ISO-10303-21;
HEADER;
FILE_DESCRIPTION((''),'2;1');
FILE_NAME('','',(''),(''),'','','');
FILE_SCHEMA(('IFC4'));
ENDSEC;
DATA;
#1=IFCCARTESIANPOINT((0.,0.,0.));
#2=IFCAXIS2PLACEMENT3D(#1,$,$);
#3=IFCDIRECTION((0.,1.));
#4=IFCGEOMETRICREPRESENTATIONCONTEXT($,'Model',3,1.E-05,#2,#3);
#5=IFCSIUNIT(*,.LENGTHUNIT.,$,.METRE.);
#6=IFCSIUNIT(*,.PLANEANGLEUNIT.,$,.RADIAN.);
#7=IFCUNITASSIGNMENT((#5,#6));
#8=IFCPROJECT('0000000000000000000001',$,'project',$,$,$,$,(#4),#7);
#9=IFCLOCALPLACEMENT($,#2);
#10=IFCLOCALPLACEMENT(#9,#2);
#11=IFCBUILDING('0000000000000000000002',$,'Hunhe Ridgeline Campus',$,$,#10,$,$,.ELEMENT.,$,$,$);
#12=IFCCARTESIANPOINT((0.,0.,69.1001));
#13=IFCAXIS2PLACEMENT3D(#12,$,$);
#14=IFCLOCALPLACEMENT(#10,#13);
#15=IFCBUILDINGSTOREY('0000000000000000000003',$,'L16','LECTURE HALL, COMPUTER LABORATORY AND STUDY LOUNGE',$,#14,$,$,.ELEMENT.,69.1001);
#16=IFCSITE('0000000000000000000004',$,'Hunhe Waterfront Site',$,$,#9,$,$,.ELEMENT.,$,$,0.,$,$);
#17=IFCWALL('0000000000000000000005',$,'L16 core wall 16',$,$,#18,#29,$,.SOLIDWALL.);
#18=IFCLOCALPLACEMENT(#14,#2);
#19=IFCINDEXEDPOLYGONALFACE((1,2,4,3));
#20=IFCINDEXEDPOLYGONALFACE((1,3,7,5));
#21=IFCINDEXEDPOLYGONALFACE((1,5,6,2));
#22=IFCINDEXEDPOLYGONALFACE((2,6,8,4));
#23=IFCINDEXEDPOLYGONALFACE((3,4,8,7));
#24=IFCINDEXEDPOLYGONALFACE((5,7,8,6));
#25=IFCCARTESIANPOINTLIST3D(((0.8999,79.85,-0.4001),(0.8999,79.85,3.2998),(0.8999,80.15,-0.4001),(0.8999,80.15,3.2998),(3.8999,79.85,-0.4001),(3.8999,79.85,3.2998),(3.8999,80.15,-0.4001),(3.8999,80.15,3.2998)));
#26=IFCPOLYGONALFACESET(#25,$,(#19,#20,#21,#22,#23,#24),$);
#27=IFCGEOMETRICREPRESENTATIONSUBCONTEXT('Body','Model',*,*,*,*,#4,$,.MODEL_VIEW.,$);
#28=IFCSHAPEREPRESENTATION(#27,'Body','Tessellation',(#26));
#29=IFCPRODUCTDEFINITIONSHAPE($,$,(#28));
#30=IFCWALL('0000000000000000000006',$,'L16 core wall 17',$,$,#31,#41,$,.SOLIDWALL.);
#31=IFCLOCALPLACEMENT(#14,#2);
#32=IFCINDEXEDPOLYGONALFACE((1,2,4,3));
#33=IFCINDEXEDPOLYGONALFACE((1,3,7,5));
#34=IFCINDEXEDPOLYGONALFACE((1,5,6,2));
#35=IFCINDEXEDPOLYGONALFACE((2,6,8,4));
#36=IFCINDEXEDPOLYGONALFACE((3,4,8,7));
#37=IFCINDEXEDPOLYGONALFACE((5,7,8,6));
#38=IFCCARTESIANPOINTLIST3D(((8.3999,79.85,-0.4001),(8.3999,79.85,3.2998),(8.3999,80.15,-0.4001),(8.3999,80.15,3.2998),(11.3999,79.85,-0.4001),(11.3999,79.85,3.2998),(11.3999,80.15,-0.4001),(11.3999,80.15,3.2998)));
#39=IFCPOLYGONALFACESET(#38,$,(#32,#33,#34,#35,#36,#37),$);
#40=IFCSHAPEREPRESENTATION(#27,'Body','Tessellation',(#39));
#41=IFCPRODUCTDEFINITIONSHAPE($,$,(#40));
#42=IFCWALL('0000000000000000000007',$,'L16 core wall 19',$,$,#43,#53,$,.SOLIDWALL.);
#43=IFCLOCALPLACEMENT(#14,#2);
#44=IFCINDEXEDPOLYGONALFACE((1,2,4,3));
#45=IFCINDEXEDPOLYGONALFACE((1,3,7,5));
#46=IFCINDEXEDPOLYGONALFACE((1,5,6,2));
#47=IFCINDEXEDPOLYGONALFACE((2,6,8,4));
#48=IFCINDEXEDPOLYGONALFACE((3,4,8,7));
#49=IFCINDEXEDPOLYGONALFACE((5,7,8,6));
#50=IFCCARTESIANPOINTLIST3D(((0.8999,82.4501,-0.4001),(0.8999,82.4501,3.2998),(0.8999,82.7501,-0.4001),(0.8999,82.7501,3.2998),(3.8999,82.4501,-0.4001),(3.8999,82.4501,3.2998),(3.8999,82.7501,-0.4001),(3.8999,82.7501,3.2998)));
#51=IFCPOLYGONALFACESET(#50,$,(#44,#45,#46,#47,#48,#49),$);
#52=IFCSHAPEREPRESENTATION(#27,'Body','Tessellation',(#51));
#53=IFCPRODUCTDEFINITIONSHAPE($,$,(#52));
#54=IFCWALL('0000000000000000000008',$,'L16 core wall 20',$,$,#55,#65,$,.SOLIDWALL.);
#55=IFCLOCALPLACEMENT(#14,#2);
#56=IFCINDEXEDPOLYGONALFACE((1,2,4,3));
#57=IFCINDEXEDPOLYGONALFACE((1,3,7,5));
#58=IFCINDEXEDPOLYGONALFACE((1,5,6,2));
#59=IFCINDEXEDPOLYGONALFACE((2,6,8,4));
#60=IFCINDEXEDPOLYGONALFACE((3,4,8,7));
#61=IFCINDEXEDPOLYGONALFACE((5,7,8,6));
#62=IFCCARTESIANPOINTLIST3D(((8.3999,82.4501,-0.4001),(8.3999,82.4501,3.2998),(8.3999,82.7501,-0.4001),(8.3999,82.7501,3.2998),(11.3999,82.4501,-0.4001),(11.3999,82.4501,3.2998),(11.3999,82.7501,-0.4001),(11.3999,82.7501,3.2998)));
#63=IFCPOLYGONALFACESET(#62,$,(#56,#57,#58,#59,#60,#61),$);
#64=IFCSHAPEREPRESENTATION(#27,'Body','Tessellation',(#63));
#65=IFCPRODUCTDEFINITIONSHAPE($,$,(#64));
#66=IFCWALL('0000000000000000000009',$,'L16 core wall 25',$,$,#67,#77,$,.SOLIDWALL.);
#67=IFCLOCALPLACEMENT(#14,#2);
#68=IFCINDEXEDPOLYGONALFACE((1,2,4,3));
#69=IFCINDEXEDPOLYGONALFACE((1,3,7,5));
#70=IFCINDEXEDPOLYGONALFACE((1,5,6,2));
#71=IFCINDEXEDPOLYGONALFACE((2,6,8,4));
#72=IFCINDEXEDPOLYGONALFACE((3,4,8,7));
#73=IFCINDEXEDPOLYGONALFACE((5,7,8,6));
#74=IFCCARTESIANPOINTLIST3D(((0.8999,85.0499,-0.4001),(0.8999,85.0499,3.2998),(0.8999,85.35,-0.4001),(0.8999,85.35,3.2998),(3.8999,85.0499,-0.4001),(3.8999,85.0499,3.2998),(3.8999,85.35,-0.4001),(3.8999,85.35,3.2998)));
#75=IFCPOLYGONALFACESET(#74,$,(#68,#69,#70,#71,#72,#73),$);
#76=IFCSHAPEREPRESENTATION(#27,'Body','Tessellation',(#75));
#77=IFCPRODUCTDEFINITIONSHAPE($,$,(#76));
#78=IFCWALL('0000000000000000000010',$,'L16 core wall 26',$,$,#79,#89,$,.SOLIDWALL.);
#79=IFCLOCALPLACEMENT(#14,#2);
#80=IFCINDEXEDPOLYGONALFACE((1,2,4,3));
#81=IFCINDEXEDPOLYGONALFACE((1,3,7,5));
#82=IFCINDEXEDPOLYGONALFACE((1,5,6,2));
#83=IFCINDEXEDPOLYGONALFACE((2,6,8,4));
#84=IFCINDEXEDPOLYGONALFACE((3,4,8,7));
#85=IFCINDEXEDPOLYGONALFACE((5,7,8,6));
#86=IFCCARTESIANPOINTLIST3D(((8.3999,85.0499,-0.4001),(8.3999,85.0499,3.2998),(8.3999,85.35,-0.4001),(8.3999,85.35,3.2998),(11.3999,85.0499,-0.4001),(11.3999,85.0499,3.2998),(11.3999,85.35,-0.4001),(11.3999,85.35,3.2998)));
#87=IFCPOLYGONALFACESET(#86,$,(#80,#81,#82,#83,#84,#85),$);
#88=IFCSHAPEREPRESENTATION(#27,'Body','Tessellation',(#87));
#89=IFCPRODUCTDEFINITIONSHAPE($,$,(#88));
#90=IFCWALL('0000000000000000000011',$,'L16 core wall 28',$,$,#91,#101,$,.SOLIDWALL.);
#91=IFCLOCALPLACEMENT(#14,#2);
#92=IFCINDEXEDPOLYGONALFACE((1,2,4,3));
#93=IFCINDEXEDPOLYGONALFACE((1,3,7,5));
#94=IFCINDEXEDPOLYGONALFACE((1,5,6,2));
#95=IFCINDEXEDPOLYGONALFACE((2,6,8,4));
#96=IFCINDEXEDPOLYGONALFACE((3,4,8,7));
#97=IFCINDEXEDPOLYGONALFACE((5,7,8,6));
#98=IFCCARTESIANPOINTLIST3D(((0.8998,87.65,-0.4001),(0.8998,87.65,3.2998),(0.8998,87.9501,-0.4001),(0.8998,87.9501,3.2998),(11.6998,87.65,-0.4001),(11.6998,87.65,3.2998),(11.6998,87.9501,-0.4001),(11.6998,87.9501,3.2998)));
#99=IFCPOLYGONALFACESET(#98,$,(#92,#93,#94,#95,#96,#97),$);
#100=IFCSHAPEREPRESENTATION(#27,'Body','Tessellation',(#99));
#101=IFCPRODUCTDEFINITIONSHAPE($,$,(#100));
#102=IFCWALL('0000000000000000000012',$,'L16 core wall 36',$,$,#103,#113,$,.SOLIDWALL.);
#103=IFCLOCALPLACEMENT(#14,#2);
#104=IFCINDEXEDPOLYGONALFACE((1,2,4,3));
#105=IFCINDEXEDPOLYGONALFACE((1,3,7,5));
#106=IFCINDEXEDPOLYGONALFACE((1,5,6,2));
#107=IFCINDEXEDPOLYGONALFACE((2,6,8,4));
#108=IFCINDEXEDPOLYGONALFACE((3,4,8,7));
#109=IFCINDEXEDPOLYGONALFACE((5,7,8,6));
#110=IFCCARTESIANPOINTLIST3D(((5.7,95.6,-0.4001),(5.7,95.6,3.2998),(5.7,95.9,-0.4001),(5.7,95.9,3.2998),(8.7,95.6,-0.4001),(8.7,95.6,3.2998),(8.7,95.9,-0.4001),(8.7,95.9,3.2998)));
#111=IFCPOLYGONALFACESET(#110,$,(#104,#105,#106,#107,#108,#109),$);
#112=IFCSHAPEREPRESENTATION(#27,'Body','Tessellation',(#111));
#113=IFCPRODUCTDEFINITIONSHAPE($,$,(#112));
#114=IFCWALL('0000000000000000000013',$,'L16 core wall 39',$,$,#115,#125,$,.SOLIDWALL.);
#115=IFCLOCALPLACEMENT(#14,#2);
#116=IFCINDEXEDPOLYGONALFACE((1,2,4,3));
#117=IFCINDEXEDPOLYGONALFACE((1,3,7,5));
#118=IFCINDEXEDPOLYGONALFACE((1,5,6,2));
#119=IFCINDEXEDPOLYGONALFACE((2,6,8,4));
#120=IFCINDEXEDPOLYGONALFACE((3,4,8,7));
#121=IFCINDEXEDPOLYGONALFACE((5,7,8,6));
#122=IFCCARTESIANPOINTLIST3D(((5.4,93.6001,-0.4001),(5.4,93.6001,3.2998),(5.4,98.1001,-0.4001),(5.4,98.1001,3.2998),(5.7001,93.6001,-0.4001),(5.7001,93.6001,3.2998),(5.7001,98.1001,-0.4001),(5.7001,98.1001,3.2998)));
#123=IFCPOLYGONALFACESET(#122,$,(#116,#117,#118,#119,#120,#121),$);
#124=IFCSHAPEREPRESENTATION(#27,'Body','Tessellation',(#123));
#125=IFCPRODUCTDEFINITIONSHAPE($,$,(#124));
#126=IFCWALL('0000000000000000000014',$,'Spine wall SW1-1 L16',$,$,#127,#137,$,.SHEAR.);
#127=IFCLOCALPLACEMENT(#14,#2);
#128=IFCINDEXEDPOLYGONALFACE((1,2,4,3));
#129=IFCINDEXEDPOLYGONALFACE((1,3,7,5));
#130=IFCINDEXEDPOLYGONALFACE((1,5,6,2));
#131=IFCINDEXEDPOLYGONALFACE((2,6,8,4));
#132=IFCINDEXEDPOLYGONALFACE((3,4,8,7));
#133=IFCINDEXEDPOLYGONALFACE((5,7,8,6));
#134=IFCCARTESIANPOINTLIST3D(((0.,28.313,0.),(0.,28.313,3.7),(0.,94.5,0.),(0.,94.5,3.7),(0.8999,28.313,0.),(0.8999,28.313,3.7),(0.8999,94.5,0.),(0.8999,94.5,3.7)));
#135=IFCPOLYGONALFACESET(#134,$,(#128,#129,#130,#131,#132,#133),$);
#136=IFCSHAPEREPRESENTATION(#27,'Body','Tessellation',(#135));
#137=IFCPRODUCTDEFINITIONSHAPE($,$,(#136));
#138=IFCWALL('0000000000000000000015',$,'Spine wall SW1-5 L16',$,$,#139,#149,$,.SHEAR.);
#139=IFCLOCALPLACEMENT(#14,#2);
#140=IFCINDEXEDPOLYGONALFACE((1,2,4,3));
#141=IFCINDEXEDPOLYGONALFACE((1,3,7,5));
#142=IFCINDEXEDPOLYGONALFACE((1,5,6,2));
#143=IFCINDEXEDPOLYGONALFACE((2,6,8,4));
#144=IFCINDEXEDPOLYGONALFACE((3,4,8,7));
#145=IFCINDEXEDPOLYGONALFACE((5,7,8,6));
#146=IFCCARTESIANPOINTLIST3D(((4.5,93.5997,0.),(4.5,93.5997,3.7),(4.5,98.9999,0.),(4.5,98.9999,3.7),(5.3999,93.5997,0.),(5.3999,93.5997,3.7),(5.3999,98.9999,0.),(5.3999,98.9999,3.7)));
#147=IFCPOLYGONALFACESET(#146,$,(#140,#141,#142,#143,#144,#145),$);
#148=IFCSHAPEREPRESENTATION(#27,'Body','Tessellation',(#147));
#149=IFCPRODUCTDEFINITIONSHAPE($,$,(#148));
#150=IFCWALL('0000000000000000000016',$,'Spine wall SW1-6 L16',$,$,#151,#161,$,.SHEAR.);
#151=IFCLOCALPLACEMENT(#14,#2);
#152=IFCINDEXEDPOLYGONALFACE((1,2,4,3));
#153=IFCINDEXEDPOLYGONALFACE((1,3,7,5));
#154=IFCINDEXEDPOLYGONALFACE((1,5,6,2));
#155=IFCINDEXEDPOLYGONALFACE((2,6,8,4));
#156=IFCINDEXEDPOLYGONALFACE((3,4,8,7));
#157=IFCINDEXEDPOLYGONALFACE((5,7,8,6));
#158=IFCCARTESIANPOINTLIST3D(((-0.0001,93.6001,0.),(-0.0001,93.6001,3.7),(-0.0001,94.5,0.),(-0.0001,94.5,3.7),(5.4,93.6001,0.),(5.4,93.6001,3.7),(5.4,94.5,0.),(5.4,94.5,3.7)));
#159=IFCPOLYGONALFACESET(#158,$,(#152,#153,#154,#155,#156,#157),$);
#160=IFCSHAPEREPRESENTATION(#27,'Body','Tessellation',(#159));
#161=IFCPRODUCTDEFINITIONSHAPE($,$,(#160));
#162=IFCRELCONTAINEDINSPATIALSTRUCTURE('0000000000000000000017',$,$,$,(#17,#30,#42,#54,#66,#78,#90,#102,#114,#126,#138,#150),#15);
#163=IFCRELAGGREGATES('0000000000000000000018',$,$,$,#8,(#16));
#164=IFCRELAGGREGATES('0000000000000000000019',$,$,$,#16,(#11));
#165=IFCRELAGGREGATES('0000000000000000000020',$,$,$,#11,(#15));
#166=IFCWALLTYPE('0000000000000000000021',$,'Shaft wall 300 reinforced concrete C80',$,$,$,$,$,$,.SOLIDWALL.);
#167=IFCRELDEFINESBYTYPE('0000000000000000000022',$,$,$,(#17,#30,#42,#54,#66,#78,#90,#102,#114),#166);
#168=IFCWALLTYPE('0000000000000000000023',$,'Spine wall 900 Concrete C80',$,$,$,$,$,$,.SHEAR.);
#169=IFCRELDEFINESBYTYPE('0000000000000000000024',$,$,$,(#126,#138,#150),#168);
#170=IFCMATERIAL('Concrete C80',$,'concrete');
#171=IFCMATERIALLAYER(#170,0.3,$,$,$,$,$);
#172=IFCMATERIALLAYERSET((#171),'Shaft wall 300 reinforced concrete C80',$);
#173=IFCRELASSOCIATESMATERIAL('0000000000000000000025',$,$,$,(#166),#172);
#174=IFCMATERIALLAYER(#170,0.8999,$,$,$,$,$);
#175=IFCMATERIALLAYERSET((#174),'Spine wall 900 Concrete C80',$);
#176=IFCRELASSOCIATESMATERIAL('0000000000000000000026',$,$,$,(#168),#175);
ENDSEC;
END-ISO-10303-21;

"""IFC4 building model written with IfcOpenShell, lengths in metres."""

from ifc_helpers import new_model, si_unit, direction, frame, frame_2d, origin, place, context, subcontext, project, spatial, rectangle, extrude, material, layer, layer_set, type_object, element, save


model = new_model("IFC4")

# Units and contexts
model_context = context("Model", 3, precision=1e-05, world=origin(), true_north=direction((0.0, 1.0)))
body_context = subcontext(model_context, "Body", "Model", "MODEL_VIEW")
ifc_project = project(units=[si_unit("LENGTHUNIT", "METRE"), si_unit("PLANEANGLEUNIT", "RADIAN")], contexts=[model_context])

# Site, building, storey
site_placement = place(None, origin())
site = spatial("IfcSite", under=ifc_project, at=site_placement, Name="Hunhe Waterfront Site", CompositionType="ELEMENT", RefElevation=0.0)
building_placement = place(site_placement, origin())
building = spatial("IfcBuilding", under=site, at=building_placement, Name="Hunhe Ridgeline Campus", CompositionType="ELEMENT")
storey_placement = place(building_placement, frame((0.0, 0.0, 69.1001)))
storey = spatial("IfcBuildingStorey", under=building, at=storey_placement, Name="L16", Description="LECTURE HALL, COMPUTER LABORATORY AND STUDY LOUNGE", CompositionType="ELEMENT", Elevation=69.1001)

# Shared definitions
ifc_material_1 = material(Name="Concrete C80", Category="concrete")

# Walls
ifc_layer_1 = layer(ifc_material_1, 0.3)
ifc_layer_set_1 = layer_set([ifc_layer_1], Name="Shaft wall 300 reinforced concrete C80")
wall_type_1 = type_object("IfcWallType", Name="Shaft wall 300 reinforced concrete C80", PredefinedType="SOLIDWALL", material=ifc_layer_set_1)
for number, where, z_axis, x_axis, name in (
    (1, (0.8999, 80.0, -0.4001), (0.0, 0.0, 1.0), (1.0, 0.0, 0.0), "L16 core wall 16"),
    (2, (8.3999, 80.0, -0.4001), (0.0, 0.0, 1.0), (1.0, 0.0, 0.0), "L16 core wall 17"),
    (3, (0.8999, 82.6001, -0.4001), (0.0, 0.0, 1.0), (1.0, 0.0, 0.0), "L16 core wall 19"),
    (4, (8.3999, 82.6001, -0.4001), (0.0, 0.0, 1.0), (1.0, 0.0, 0.0), "L16 core wall 20"),
    (5, (0.8999, 85.2, -0.4001), (0.0, 0.0, 1.0), (1.0, 0.0, 0.0), "L16 core wall 25"),
    (6, (8.3999, 85.2, -0.4001), (0.0, 0.0, 1.0), (1.0, 0.0, 0.0), "L16 core wall 26"),
):
    element("IfcWall", number, at=place(storey_placement, frame(where, z_axis=z_axis, x_axis=x_axis)), inside=storey, type_object=wall_type_1, Name=name, PredefinedType="SOLIDWALL", context=body_context, shape_type="SweptSolid", body=[
        extrude(rectangle(XDim=3.0, YDim=0.3, at=frame_2d((1.5, 0.0))), origin(), (0.0, 0.0, 1.0), 3.7),
    ])
wall_1_placement = place(storey_placement, frame((0.8999, 87.8, -0.4001), z_axis=(0.0, 0.0, 1.0), x_axis=(1.0, 0.0, 0.0)))
element("IfcWall", 7, at=wall_1_placement, inside=storey, type_object=wall_type_1, Name="L16 core wall 28", PredefinedType="SOLIDWALL", context=body_context, shape_type="SweptSolid", body=[
    extrude(rectangle(XDim=10.8, YDim=0.3, at=frame_2d((5.3999, 0.0))), origin(), (0.0, 0.0, 1.0), 3.7),
])

# Walls
wall_2_placement = place(storey_placement, frame((5.7, 95.75, -0.4001), z_axis=(0.0, 0.0, 1.0), x_axis=(1.0, 0.0, 0.0)))
element("IfcWall", 8, at=wall_2_placement, inside=storey, type_object=wall_type_1, Name="L16 core wall 36", PredefinedType="SOLIDWALL", context=body_context, shape_type="SweptSolid", body=[
    extrude(rectangle(XDim=3.0, YDim=0.3, at=frame_2d((1.5, 0.0))), origin(), (0.0, 0.0, 1.0), 3.7),
])
wall_3_placement = place(storey_placement, frame((5.55, 93.6001, -0.4001), z_axis=(0.0, 0.0, 1.0), x_axis=(0.0, 1.0, 0.0)))
element("IfcWall", 9, at=wall_3_placement, inside=storey, type_object=wall_type_1, Name="L16 core wall 39", PredefinedType="SOLIDWALL", context=body_context, shape_type="SweptSolid", body=[
    extrude(rectangle(XDim=4.5, YDim=0.3, at=frame_2d((2.25, 0.0))), origin(), (0.0, 0.0, 1.0), 3.7),
])

# Walls
ifc_layer_2 = layer(ifc_material_1, 0.8999)
ifc_layer_set_2 = layer_set([ifc_layer_2], Name="Spine wall 900 Concrete C80")
wall_type_2 = type_object("IfcWallType", Name="Spine wall 900 Concrete C80", PredefinedType="SHEAR", material=ifc_layer_set_2)
wall_4_placement = place(storey_placement, frame((0.45, 94.5, 0.0), z_axis=(0.0, 0.0, 1.0), x_axis=(0.0, -1.0, 0.0)))
element("IfcWall", 10, at=wall_4_placement, inside=storey, type_object=wall_type_2, Name="Spine wall SW1-1 L16", PredefinedType="SHEAR", context=body_context, shape_type="SweptSolid", body=[
    extrude(rectangle(XDim=66.187, YDim=0.8999, at=frame_2d((33.0935, 0.0))), origin(), (0.0, 0.0, 1.0), 3.7),
])
for number, where, z_axis, x_axis, name in (
    (11, (4.95, 99.0, 0.0), (0.0, 0.0, 1.0), (0.0, -1.0, 0.0), "Spine wall SW1-5 L16"),
    (12, (5.4001, 94.05, 0.0), (0.0, 0.0, 1.0), (-1.0, 0.0, 0.0), "Spine wall SW1-6 L16"),
):
    element("IfcWall", number, at=place(storey_placement, frame(where, z_axis=z_axis, x_axis=x_axis)), inside=storey, type_object=wall_type_2, Name=name, PredefinedType="SHEAR", context=body_context, shape_type="SweptSolid", body=[
        extrude(rectangle(XDim=5.4001, YDim=0.8999, at=frame_2d((2.7002, 0.0))), origin(), (0.0, 0.0, 1.0), 3.7),
    ])

save(model, "model.ifc")
